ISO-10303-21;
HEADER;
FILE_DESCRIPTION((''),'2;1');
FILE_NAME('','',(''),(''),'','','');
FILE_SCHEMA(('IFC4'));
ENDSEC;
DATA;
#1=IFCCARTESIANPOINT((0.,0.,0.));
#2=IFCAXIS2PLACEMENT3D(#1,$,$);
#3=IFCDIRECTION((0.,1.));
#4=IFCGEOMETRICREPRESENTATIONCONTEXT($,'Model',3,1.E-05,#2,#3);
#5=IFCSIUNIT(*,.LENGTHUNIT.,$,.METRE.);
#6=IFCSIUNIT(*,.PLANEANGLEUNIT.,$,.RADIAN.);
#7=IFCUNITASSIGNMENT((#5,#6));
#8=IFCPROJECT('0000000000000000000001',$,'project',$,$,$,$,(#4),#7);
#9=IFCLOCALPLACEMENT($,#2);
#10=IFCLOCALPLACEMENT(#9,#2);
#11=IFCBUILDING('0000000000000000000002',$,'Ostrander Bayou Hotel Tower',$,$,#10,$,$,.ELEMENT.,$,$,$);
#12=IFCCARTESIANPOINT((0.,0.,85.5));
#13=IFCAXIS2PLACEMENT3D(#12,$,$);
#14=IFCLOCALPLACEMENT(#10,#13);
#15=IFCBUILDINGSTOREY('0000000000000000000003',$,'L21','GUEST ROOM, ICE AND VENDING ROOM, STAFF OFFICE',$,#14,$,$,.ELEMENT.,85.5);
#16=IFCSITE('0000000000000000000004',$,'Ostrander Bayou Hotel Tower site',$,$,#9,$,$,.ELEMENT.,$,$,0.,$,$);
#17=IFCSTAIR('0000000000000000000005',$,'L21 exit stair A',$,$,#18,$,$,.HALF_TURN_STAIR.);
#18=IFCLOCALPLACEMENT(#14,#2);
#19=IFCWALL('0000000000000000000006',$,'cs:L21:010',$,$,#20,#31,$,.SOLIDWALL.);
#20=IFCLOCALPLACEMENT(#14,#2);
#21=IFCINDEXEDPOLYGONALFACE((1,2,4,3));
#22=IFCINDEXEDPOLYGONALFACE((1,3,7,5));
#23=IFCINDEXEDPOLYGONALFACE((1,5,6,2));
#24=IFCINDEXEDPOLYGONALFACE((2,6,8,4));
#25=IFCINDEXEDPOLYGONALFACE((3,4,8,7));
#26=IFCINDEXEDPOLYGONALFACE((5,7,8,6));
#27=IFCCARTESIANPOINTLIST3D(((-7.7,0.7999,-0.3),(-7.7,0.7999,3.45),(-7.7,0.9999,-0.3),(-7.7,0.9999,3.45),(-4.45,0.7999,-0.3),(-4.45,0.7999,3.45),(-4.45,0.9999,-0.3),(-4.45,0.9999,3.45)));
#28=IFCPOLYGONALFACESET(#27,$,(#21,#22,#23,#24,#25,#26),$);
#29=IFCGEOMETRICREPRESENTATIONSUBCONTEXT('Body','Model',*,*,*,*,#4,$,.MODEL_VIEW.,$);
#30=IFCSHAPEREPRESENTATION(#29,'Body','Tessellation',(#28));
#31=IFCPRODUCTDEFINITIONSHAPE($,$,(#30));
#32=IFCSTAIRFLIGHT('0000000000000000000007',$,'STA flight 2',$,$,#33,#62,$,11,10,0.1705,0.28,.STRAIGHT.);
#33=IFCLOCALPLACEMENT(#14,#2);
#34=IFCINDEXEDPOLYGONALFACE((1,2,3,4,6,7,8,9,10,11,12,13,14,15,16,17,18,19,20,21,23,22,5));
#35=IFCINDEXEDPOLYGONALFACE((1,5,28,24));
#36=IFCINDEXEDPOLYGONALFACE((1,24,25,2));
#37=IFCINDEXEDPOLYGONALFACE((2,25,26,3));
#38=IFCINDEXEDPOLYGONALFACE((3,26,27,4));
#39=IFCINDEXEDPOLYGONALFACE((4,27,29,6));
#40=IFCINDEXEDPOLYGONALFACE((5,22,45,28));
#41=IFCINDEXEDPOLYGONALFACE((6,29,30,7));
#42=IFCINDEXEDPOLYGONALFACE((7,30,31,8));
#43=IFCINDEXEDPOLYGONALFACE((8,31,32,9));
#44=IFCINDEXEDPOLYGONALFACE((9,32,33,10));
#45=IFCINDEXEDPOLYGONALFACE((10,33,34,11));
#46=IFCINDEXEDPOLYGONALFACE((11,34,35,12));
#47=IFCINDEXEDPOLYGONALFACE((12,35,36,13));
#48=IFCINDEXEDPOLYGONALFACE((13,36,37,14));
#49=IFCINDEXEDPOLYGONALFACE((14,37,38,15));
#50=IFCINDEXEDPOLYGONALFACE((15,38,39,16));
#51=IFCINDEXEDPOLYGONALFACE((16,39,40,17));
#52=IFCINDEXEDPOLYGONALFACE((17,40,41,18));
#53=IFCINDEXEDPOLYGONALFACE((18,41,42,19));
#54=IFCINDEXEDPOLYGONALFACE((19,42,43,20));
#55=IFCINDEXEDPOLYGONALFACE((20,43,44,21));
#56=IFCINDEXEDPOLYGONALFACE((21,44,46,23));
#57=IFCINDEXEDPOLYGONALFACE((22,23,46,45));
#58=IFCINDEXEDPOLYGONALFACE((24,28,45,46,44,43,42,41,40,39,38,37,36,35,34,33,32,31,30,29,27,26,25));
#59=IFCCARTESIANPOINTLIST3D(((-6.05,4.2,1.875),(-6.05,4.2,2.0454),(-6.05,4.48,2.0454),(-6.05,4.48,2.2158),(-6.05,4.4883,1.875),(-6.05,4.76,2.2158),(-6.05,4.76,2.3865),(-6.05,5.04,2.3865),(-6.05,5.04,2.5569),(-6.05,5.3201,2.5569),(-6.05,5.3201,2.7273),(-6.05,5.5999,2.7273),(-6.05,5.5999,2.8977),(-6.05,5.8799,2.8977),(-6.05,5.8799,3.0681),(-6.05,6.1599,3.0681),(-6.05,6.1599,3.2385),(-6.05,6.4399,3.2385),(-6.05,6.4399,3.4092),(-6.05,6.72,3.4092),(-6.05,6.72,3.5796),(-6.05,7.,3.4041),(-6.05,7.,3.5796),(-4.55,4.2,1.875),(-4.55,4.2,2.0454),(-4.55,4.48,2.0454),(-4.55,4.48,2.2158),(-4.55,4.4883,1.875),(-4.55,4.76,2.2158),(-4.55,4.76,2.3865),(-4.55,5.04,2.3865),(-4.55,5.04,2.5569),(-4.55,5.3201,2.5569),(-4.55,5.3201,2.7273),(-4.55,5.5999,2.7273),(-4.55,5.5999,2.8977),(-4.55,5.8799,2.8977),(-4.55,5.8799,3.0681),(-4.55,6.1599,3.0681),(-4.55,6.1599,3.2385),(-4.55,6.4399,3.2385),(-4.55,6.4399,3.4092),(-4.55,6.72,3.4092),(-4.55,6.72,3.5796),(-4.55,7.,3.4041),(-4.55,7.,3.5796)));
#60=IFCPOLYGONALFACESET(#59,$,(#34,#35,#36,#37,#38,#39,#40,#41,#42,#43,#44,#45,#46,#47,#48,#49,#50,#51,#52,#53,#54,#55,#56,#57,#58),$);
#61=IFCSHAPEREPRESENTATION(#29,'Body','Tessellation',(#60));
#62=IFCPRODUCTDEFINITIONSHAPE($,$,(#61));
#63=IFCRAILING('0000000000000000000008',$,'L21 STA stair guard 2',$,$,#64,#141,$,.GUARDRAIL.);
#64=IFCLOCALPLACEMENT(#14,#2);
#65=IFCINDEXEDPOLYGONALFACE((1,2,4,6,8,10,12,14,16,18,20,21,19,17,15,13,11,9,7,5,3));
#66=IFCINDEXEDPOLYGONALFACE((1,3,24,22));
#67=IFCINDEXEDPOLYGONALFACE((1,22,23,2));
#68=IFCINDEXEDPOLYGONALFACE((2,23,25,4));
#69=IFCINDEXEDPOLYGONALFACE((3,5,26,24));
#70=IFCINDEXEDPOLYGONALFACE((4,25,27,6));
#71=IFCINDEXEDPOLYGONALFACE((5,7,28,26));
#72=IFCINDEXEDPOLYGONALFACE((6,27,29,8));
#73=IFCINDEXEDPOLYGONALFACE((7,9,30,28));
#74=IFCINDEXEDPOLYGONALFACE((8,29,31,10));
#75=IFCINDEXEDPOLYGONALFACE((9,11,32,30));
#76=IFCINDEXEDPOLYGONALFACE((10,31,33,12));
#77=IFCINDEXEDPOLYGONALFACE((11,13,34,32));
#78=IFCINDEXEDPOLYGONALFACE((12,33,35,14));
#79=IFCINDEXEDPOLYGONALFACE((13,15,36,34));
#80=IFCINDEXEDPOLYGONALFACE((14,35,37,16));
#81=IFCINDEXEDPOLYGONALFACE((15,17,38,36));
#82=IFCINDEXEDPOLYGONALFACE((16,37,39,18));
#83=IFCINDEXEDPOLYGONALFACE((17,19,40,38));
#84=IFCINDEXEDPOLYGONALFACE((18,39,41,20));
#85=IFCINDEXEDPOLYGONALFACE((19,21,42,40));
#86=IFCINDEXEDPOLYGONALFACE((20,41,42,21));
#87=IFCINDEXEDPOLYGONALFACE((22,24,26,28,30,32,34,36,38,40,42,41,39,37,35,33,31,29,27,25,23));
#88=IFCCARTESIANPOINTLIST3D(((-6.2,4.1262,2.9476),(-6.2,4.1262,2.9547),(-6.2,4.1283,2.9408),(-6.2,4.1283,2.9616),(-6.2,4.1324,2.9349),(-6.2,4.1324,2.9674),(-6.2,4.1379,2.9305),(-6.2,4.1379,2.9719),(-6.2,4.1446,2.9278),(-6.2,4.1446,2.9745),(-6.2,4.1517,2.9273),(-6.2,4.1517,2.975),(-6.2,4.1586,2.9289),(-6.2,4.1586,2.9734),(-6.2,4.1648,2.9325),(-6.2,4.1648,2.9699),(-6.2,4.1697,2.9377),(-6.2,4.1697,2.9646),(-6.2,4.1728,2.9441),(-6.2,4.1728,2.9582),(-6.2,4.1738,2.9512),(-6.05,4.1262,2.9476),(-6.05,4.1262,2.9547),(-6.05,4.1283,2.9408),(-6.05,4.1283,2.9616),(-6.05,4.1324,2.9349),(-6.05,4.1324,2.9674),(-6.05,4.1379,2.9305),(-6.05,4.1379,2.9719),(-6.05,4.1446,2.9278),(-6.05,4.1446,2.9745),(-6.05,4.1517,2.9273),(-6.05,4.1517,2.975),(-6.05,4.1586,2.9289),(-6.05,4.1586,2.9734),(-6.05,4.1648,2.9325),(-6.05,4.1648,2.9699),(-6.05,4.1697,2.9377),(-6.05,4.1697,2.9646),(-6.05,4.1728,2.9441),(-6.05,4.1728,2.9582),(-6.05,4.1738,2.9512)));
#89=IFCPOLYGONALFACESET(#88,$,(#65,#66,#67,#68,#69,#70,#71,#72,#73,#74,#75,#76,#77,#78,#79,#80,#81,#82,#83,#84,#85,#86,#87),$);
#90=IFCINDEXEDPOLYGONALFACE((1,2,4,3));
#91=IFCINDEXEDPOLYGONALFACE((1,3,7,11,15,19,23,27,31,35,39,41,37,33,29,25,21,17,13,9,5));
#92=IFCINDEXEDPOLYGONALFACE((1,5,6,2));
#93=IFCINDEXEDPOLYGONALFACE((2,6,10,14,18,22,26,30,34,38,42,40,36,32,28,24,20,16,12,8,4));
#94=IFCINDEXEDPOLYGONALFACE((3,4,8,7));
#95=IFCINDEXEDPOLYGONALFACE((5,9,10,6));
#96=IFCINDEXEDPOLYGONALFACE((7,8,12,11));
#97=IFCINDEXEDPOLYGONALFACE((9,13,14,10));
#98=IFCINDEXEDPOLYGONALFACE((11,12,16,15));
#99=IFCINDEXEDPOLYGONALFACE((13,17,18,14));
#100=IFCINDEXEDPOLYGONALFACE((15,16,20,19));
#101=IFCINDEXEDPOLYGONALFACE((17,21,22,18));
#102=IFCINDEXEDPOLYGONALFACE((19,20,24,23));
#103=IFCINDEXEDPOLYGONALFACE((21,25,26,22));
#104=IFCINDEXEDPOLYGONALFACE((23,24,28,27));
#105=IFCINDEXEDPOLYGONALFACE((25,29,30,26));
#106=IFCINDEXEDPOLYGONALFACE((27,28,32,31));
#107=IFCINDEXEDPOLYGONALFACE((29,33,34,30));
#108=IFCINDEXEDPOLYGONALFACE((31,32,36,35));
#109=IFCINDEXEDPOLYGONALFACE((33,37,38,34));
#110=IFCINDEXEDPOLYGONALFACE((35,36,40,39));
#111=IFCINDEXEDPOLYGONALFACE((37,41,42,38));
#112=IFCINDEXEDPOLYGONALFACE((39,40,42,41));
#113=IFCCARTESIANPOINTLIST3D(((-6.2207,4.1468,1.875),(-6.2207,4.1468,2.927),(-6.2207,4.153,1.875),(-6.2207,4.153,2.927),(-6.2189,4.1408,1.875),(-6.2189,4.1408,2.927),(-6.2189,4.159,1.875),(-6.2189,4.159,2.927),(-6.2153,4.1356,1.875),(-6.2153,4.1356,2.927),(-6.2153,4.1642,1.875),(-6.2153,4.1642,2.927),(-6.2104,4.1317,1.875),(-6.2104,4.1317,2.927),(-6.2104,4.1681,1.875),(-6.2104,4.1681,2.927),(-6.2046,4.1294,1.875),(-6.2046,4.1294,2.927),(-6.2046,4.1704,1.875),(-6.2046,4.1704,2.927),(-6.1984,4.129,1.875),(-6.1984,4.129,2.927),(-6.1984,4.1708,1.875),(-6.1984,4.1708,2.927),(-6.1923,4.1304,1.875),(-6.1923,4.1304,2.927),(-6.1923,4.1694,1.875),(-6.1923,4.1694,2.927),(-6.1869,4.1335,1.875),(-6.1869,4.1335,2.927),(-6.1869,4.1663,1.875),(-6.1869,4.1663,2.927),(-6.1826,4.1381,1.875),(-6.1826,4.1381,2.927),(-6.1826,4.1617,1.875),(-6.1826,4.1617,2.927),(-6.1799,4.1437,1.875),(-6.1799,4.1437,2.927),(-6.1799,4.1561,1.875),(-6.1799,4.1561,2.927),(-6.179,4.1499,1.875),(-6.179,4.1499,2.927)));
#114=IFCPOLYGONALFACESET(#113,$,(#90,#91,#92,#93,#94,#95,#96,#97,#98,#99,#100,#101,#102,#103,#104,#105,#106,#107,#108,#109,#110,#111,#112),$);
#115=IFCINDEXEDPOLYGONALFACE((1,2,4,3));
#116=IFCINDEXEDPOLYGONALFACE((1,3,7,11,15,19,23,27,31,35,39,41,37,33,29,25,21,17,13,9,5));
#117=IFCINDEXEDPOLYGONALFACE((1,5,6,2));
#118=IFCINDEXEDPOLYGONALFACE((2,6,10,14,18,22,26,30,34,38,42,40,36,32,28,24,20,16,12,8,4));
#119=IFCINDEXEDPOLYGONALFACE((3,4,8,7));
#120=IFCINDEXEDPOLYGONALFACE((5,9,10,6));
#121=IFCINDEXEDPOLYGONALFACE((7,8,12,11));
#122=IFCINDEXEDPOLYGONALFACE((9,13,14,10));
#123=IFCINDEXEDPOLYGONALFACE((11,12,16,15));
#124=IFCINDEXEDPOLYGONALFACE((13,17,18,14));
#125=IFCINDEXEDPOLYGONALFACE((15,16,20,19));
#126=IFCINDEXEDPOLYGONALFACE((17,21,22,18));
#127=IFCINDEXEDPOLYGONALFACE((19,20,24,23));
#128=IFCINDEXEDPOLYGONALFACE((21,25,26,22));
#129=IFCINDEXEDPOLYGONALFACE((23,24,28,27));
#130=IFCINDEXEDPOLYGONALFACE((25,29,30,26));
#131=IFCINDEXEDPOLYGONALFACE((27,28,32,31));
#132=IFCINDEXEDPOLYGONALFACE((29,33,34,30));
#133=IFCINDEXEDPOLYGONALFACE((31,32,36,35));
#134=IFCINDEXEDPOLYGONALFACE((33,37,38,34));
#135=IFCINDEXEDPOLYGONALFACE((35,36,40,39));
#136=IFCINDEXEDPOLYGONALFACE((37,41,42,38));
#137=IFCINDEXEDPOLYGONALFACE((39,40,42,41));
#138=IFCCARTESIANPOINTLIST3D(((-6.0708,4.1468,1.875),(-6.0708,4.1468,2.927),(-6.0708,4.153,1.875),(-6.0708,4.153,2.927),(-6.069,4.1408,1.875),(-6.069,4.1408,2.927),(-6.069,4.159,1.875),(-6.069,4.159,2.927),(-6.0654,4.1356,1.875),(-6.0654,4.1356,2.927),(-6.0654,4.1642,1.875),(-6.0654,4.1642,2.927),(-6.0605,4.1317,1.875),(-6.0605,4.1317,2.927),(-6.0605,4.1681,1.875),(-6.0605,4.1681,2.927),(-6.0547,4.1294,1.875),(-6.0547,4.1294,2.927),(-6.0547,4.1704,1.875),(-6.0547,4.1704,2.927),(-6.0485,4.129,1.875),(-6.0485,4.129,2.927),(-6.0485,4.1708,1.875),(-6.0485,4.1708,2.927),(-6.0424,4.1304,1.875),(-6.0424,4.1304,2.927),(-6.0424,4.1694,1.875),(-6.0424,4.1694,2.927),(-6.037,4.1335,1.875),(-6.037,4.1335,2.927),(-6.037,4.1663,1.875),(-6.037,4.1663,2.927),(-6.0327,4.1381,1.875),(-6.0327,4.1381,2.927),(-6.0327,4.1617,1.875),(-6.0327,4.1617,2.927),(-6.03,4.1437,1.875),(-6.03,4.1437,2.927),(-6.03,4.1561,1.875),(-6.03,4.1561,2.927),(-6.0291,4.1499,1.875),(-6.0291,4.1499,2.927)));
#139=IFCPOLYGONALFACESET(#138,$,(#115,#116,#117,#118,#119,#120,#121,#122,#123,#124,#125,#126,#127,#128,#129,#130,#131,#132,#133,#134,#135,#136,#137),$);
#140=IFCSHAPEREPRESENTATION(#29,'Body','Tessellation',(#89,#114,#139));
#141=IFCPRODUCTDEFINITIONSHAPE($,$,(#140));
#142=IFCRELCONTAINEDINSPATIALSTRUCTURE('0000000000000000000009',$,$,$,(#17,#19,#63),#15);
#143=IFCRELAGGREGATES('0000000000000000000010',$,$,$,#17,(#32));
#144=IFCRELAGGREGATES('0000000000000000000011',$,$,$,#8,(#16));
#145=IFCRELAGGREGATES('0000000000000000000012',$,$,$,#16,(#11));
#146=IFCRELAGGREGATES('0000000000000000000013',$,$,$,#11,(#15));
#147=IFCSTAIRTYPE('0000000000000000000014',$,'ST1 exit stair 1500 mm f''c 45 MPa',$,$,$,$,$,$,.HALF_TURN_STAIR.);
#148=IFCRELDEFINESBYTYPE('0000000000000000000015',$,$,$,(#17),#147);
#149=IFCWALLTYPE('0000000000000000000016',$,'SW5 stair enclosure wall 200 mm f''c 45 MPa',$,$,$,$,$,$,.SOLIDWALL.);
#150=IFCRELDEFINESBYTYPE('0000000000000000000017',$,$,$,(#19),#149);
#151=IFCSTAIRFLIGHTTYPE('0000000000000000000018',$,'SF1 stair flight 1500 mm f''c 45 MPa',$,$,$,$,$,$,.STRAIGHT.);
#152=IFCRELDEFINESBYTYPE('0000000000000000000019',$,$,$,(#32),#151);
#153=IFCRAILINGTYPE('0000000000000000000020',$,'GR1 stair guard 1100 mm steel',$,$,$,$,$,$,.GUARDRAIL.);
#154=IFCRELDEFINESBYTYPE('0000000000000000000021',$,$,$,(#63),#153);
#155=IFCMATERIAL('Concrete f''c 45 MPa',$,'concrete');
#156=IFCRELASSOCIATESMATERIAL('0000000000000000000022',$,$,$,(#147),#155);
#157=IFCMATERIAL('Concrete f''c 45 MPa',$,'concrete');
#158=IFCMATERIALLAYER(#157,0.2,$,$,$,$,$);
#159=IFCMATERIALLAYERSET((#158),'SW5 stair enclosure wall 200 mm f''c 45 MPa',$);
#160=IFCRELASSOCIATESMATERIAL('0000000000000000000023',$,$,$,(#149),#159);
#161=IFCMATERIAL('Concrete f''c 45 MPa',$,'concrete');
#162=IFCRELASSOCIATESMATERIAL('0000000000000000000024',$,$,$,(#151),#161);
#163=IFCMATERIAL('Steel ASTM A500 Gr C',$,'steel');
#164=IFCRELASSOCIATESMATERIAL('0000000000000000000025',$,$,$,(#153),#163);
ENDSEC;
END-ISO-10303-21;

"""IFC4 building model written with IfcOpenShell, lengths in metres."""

from ifc_helpers import new_model, si_unit, direction, frame, frame_2d, origin, origin_2d, place, context, subcontext, project, spatial, polyline, rectangle, circle, outline, extrude, material, layer, layer_set, type_object, element, aggregate, save


model = new_model("IFC4")

# Units and contexts
model_context = context("Model", 3, precision=1e-05, world=origin(), true_north=direction((0.0, 1.0)))
body_context = subcontext(model_context, "Body", "Model", "MODEL_VIEW")
ifc_project = project(units=[si_unit("LENGTHUNIT", "METRE"), si_unit("PLANEANGLEUNIT", "RADIAN")], contexts=[model_context])

# Site, building, storey
site_placement = place(None, origin())
site = spatial("IfcSite", under=ifc_project, at=site_placement, Name="Ostrander Bayou Hotel Tower site", CompositionType="ELEMENT", RefElevation=0.0)
building_placement = place(site_placement, origin())
building = spatial("IfcBuilding", under=site, at=building_placement, Name="Ostrander Bayou Hotel Tower", CompositionType="ELEMENT")
storey_placement = place(building_placement, frame((0.0, 0.0, 85.5)))
storey = spatial("IfcBuildingStorey", under=building, at=storey_placement, Name="L21", Description="GUEST ROOM, ICE AND VENDING ROOM, STAFF OFFICE", CompositionType="ELEMENT", Elevation=85.5)

# Stair
ifc_material_1 = material(Name="Concrete f'c 45 MPa", Category="concrete")
stair_type = type_object("IfcStairType", Name="ST1 exit stair 1500 mm f'c 45 MPa", PredefinedType="HALF_TURN_STAIR", material=ifc_material_1)
stair_1_placement = place(storey_placement, origin())
stair_1 = element("IfcStair", 1, at=stair_1_placement, inside=storey, type_object=stair_type, Name="L21 exit stair A", PredefinedType="HALF_TURN_STAIR")

# Wall
ifc_material_2 = material(Name="Concrete f'c 45 MPa", Category="concrete")
ifc_layer_1 = layer(ifc_material_2, 0.2)
ifc_layer_set_1 = layer_set([ifc_layer_1], Name="SW5 stair enclosure wall 200 mm f'c 45 MPa")
wall_type_1 = type_object("IfcWallType", Name="SW5 stair enclosure wall 200 mm f'c 45 MPa", PredefinedType="SOLIDWALL", material=ifc_layer_set_1)
wall_1_placement = place(storey_placement, frame((-7.7, 0.8999, -0.3), z_axis=(0.0, 0.0, 1.0), x_axis=(1.0, 0.0, 0.0)))
element("IfcWall", 2, at=wall_1_placement, inside=storey, type_object=wall_type_1, Name="cs:L21:010", PredefinedType="SOLIDWALL", context=body_context, shape_type="SweptSolid", body=[
    extrude(rectangle(XDim=3.25, YDim=0.2, at=frame_2d((1.625, 0.0))), origin(), (0.0, 0.0, 1.0), 3.75),
])

# Stair flight
ifc_material_3 = material(Name="Concrete f'c 45 MPa", Category="concrete")
stair_flight_type = type_object("IfcStairFlightType", Name="SF1 stair flight 1500 mm f'c 45 MPa", PredefinedType="STRAIGHT", material=ifc_material_3)
stair_flight_placement = place(storey_placement, frame((-5.3, 4.2, 1.875), z_axis=(0.0, 0.0, 1.0), x_axis=(0.0, 1.0, 0.0)))
stair_flight = element("IfcStairFlight", 3, at=stair_flight_placement, type_object=stair_flight_type, Name="STA flight 2", NumberOfRisers=11, NumberOfTreads=10, PredefinedType="STRAIGHT", RiserHeight=0.1705, TreadLength=0.28, context=body_context, shape_type="SweptSolid", body=[
    extrude(outline(polyline([(0.0, 0.0), (0.0, 0.1704), (0.28, 0.1704), (0.28, 0.3408), (0.5601, 0.3408), (0.5601, 0.5115), (0.8401, 0.5115), (0.8401, 0.6819), (1.1201, 0.6819), (1.1201, 0.8523), (1.3999, 0.8523), (1.3999, 1.0227), (1.6799, 1.0227), (1.6799, 1.1931), (1.96, 1.1931), (1.96, 1.3635), (2.24, 1.3635), (2.24, 1.5342), (2.52, 1.5342), (2.52, 1.7046), (2.8, 1.7046), (2.8, 1.875), (2.8, 1.5291), (0.2883, 0.0), (0.0, 0.0)])), frame((0.0, 0.75, 0.0), z_axis=(0.0, -1.0, 0.0), x_axis=(1.0, 0.0, 0.0)), (0.0, 0.0, 1.0), 1.5),
])
aggregate(stair_1, [stair_flight])

# Railing
ifc_material_4 = material(Name="Steel ASTM A500 Gr C", Category="steel")
railing_type_1 = type_object("IfcRailingType", Name="GR1 stair guard 1100 mm steel", PredefinedType="GUARDRAIL", material=ifc_material_4)
railing_1_placement = place(storey_placement, frame((-6.2, 4.1499, 1.875)))
element("IfcRailing", 4, at=railing_1_placement, inside=storey, type_object=railing_type_1, Name="L21 STA stair guard 2", PredefinedType="GUARDRAIL", context=body_context, shape_type="SweptSolid", body=[
    extrude(circle(Radius=0.0239, at=origin_2d()), frame((0.0, 0.0, 1.0762), z_axis=(1.0, 0.0, 0.0), x_axis=(0.0, 1.0, 0.0)), (0.0, 0.0, 1.0), 0.1499),
    extrude(circle(Radius=0.021, at=origin_2d()), origin(), (0.0, 0.0, 1.0), 1.052),
    extrude(circle(Radius=0.021, at=origin_2d()), frame((0.1499, 0.0, 0.0)), (0.0, 0.0, 1.0), 1.052),
])

save(model, "model.ifc")
